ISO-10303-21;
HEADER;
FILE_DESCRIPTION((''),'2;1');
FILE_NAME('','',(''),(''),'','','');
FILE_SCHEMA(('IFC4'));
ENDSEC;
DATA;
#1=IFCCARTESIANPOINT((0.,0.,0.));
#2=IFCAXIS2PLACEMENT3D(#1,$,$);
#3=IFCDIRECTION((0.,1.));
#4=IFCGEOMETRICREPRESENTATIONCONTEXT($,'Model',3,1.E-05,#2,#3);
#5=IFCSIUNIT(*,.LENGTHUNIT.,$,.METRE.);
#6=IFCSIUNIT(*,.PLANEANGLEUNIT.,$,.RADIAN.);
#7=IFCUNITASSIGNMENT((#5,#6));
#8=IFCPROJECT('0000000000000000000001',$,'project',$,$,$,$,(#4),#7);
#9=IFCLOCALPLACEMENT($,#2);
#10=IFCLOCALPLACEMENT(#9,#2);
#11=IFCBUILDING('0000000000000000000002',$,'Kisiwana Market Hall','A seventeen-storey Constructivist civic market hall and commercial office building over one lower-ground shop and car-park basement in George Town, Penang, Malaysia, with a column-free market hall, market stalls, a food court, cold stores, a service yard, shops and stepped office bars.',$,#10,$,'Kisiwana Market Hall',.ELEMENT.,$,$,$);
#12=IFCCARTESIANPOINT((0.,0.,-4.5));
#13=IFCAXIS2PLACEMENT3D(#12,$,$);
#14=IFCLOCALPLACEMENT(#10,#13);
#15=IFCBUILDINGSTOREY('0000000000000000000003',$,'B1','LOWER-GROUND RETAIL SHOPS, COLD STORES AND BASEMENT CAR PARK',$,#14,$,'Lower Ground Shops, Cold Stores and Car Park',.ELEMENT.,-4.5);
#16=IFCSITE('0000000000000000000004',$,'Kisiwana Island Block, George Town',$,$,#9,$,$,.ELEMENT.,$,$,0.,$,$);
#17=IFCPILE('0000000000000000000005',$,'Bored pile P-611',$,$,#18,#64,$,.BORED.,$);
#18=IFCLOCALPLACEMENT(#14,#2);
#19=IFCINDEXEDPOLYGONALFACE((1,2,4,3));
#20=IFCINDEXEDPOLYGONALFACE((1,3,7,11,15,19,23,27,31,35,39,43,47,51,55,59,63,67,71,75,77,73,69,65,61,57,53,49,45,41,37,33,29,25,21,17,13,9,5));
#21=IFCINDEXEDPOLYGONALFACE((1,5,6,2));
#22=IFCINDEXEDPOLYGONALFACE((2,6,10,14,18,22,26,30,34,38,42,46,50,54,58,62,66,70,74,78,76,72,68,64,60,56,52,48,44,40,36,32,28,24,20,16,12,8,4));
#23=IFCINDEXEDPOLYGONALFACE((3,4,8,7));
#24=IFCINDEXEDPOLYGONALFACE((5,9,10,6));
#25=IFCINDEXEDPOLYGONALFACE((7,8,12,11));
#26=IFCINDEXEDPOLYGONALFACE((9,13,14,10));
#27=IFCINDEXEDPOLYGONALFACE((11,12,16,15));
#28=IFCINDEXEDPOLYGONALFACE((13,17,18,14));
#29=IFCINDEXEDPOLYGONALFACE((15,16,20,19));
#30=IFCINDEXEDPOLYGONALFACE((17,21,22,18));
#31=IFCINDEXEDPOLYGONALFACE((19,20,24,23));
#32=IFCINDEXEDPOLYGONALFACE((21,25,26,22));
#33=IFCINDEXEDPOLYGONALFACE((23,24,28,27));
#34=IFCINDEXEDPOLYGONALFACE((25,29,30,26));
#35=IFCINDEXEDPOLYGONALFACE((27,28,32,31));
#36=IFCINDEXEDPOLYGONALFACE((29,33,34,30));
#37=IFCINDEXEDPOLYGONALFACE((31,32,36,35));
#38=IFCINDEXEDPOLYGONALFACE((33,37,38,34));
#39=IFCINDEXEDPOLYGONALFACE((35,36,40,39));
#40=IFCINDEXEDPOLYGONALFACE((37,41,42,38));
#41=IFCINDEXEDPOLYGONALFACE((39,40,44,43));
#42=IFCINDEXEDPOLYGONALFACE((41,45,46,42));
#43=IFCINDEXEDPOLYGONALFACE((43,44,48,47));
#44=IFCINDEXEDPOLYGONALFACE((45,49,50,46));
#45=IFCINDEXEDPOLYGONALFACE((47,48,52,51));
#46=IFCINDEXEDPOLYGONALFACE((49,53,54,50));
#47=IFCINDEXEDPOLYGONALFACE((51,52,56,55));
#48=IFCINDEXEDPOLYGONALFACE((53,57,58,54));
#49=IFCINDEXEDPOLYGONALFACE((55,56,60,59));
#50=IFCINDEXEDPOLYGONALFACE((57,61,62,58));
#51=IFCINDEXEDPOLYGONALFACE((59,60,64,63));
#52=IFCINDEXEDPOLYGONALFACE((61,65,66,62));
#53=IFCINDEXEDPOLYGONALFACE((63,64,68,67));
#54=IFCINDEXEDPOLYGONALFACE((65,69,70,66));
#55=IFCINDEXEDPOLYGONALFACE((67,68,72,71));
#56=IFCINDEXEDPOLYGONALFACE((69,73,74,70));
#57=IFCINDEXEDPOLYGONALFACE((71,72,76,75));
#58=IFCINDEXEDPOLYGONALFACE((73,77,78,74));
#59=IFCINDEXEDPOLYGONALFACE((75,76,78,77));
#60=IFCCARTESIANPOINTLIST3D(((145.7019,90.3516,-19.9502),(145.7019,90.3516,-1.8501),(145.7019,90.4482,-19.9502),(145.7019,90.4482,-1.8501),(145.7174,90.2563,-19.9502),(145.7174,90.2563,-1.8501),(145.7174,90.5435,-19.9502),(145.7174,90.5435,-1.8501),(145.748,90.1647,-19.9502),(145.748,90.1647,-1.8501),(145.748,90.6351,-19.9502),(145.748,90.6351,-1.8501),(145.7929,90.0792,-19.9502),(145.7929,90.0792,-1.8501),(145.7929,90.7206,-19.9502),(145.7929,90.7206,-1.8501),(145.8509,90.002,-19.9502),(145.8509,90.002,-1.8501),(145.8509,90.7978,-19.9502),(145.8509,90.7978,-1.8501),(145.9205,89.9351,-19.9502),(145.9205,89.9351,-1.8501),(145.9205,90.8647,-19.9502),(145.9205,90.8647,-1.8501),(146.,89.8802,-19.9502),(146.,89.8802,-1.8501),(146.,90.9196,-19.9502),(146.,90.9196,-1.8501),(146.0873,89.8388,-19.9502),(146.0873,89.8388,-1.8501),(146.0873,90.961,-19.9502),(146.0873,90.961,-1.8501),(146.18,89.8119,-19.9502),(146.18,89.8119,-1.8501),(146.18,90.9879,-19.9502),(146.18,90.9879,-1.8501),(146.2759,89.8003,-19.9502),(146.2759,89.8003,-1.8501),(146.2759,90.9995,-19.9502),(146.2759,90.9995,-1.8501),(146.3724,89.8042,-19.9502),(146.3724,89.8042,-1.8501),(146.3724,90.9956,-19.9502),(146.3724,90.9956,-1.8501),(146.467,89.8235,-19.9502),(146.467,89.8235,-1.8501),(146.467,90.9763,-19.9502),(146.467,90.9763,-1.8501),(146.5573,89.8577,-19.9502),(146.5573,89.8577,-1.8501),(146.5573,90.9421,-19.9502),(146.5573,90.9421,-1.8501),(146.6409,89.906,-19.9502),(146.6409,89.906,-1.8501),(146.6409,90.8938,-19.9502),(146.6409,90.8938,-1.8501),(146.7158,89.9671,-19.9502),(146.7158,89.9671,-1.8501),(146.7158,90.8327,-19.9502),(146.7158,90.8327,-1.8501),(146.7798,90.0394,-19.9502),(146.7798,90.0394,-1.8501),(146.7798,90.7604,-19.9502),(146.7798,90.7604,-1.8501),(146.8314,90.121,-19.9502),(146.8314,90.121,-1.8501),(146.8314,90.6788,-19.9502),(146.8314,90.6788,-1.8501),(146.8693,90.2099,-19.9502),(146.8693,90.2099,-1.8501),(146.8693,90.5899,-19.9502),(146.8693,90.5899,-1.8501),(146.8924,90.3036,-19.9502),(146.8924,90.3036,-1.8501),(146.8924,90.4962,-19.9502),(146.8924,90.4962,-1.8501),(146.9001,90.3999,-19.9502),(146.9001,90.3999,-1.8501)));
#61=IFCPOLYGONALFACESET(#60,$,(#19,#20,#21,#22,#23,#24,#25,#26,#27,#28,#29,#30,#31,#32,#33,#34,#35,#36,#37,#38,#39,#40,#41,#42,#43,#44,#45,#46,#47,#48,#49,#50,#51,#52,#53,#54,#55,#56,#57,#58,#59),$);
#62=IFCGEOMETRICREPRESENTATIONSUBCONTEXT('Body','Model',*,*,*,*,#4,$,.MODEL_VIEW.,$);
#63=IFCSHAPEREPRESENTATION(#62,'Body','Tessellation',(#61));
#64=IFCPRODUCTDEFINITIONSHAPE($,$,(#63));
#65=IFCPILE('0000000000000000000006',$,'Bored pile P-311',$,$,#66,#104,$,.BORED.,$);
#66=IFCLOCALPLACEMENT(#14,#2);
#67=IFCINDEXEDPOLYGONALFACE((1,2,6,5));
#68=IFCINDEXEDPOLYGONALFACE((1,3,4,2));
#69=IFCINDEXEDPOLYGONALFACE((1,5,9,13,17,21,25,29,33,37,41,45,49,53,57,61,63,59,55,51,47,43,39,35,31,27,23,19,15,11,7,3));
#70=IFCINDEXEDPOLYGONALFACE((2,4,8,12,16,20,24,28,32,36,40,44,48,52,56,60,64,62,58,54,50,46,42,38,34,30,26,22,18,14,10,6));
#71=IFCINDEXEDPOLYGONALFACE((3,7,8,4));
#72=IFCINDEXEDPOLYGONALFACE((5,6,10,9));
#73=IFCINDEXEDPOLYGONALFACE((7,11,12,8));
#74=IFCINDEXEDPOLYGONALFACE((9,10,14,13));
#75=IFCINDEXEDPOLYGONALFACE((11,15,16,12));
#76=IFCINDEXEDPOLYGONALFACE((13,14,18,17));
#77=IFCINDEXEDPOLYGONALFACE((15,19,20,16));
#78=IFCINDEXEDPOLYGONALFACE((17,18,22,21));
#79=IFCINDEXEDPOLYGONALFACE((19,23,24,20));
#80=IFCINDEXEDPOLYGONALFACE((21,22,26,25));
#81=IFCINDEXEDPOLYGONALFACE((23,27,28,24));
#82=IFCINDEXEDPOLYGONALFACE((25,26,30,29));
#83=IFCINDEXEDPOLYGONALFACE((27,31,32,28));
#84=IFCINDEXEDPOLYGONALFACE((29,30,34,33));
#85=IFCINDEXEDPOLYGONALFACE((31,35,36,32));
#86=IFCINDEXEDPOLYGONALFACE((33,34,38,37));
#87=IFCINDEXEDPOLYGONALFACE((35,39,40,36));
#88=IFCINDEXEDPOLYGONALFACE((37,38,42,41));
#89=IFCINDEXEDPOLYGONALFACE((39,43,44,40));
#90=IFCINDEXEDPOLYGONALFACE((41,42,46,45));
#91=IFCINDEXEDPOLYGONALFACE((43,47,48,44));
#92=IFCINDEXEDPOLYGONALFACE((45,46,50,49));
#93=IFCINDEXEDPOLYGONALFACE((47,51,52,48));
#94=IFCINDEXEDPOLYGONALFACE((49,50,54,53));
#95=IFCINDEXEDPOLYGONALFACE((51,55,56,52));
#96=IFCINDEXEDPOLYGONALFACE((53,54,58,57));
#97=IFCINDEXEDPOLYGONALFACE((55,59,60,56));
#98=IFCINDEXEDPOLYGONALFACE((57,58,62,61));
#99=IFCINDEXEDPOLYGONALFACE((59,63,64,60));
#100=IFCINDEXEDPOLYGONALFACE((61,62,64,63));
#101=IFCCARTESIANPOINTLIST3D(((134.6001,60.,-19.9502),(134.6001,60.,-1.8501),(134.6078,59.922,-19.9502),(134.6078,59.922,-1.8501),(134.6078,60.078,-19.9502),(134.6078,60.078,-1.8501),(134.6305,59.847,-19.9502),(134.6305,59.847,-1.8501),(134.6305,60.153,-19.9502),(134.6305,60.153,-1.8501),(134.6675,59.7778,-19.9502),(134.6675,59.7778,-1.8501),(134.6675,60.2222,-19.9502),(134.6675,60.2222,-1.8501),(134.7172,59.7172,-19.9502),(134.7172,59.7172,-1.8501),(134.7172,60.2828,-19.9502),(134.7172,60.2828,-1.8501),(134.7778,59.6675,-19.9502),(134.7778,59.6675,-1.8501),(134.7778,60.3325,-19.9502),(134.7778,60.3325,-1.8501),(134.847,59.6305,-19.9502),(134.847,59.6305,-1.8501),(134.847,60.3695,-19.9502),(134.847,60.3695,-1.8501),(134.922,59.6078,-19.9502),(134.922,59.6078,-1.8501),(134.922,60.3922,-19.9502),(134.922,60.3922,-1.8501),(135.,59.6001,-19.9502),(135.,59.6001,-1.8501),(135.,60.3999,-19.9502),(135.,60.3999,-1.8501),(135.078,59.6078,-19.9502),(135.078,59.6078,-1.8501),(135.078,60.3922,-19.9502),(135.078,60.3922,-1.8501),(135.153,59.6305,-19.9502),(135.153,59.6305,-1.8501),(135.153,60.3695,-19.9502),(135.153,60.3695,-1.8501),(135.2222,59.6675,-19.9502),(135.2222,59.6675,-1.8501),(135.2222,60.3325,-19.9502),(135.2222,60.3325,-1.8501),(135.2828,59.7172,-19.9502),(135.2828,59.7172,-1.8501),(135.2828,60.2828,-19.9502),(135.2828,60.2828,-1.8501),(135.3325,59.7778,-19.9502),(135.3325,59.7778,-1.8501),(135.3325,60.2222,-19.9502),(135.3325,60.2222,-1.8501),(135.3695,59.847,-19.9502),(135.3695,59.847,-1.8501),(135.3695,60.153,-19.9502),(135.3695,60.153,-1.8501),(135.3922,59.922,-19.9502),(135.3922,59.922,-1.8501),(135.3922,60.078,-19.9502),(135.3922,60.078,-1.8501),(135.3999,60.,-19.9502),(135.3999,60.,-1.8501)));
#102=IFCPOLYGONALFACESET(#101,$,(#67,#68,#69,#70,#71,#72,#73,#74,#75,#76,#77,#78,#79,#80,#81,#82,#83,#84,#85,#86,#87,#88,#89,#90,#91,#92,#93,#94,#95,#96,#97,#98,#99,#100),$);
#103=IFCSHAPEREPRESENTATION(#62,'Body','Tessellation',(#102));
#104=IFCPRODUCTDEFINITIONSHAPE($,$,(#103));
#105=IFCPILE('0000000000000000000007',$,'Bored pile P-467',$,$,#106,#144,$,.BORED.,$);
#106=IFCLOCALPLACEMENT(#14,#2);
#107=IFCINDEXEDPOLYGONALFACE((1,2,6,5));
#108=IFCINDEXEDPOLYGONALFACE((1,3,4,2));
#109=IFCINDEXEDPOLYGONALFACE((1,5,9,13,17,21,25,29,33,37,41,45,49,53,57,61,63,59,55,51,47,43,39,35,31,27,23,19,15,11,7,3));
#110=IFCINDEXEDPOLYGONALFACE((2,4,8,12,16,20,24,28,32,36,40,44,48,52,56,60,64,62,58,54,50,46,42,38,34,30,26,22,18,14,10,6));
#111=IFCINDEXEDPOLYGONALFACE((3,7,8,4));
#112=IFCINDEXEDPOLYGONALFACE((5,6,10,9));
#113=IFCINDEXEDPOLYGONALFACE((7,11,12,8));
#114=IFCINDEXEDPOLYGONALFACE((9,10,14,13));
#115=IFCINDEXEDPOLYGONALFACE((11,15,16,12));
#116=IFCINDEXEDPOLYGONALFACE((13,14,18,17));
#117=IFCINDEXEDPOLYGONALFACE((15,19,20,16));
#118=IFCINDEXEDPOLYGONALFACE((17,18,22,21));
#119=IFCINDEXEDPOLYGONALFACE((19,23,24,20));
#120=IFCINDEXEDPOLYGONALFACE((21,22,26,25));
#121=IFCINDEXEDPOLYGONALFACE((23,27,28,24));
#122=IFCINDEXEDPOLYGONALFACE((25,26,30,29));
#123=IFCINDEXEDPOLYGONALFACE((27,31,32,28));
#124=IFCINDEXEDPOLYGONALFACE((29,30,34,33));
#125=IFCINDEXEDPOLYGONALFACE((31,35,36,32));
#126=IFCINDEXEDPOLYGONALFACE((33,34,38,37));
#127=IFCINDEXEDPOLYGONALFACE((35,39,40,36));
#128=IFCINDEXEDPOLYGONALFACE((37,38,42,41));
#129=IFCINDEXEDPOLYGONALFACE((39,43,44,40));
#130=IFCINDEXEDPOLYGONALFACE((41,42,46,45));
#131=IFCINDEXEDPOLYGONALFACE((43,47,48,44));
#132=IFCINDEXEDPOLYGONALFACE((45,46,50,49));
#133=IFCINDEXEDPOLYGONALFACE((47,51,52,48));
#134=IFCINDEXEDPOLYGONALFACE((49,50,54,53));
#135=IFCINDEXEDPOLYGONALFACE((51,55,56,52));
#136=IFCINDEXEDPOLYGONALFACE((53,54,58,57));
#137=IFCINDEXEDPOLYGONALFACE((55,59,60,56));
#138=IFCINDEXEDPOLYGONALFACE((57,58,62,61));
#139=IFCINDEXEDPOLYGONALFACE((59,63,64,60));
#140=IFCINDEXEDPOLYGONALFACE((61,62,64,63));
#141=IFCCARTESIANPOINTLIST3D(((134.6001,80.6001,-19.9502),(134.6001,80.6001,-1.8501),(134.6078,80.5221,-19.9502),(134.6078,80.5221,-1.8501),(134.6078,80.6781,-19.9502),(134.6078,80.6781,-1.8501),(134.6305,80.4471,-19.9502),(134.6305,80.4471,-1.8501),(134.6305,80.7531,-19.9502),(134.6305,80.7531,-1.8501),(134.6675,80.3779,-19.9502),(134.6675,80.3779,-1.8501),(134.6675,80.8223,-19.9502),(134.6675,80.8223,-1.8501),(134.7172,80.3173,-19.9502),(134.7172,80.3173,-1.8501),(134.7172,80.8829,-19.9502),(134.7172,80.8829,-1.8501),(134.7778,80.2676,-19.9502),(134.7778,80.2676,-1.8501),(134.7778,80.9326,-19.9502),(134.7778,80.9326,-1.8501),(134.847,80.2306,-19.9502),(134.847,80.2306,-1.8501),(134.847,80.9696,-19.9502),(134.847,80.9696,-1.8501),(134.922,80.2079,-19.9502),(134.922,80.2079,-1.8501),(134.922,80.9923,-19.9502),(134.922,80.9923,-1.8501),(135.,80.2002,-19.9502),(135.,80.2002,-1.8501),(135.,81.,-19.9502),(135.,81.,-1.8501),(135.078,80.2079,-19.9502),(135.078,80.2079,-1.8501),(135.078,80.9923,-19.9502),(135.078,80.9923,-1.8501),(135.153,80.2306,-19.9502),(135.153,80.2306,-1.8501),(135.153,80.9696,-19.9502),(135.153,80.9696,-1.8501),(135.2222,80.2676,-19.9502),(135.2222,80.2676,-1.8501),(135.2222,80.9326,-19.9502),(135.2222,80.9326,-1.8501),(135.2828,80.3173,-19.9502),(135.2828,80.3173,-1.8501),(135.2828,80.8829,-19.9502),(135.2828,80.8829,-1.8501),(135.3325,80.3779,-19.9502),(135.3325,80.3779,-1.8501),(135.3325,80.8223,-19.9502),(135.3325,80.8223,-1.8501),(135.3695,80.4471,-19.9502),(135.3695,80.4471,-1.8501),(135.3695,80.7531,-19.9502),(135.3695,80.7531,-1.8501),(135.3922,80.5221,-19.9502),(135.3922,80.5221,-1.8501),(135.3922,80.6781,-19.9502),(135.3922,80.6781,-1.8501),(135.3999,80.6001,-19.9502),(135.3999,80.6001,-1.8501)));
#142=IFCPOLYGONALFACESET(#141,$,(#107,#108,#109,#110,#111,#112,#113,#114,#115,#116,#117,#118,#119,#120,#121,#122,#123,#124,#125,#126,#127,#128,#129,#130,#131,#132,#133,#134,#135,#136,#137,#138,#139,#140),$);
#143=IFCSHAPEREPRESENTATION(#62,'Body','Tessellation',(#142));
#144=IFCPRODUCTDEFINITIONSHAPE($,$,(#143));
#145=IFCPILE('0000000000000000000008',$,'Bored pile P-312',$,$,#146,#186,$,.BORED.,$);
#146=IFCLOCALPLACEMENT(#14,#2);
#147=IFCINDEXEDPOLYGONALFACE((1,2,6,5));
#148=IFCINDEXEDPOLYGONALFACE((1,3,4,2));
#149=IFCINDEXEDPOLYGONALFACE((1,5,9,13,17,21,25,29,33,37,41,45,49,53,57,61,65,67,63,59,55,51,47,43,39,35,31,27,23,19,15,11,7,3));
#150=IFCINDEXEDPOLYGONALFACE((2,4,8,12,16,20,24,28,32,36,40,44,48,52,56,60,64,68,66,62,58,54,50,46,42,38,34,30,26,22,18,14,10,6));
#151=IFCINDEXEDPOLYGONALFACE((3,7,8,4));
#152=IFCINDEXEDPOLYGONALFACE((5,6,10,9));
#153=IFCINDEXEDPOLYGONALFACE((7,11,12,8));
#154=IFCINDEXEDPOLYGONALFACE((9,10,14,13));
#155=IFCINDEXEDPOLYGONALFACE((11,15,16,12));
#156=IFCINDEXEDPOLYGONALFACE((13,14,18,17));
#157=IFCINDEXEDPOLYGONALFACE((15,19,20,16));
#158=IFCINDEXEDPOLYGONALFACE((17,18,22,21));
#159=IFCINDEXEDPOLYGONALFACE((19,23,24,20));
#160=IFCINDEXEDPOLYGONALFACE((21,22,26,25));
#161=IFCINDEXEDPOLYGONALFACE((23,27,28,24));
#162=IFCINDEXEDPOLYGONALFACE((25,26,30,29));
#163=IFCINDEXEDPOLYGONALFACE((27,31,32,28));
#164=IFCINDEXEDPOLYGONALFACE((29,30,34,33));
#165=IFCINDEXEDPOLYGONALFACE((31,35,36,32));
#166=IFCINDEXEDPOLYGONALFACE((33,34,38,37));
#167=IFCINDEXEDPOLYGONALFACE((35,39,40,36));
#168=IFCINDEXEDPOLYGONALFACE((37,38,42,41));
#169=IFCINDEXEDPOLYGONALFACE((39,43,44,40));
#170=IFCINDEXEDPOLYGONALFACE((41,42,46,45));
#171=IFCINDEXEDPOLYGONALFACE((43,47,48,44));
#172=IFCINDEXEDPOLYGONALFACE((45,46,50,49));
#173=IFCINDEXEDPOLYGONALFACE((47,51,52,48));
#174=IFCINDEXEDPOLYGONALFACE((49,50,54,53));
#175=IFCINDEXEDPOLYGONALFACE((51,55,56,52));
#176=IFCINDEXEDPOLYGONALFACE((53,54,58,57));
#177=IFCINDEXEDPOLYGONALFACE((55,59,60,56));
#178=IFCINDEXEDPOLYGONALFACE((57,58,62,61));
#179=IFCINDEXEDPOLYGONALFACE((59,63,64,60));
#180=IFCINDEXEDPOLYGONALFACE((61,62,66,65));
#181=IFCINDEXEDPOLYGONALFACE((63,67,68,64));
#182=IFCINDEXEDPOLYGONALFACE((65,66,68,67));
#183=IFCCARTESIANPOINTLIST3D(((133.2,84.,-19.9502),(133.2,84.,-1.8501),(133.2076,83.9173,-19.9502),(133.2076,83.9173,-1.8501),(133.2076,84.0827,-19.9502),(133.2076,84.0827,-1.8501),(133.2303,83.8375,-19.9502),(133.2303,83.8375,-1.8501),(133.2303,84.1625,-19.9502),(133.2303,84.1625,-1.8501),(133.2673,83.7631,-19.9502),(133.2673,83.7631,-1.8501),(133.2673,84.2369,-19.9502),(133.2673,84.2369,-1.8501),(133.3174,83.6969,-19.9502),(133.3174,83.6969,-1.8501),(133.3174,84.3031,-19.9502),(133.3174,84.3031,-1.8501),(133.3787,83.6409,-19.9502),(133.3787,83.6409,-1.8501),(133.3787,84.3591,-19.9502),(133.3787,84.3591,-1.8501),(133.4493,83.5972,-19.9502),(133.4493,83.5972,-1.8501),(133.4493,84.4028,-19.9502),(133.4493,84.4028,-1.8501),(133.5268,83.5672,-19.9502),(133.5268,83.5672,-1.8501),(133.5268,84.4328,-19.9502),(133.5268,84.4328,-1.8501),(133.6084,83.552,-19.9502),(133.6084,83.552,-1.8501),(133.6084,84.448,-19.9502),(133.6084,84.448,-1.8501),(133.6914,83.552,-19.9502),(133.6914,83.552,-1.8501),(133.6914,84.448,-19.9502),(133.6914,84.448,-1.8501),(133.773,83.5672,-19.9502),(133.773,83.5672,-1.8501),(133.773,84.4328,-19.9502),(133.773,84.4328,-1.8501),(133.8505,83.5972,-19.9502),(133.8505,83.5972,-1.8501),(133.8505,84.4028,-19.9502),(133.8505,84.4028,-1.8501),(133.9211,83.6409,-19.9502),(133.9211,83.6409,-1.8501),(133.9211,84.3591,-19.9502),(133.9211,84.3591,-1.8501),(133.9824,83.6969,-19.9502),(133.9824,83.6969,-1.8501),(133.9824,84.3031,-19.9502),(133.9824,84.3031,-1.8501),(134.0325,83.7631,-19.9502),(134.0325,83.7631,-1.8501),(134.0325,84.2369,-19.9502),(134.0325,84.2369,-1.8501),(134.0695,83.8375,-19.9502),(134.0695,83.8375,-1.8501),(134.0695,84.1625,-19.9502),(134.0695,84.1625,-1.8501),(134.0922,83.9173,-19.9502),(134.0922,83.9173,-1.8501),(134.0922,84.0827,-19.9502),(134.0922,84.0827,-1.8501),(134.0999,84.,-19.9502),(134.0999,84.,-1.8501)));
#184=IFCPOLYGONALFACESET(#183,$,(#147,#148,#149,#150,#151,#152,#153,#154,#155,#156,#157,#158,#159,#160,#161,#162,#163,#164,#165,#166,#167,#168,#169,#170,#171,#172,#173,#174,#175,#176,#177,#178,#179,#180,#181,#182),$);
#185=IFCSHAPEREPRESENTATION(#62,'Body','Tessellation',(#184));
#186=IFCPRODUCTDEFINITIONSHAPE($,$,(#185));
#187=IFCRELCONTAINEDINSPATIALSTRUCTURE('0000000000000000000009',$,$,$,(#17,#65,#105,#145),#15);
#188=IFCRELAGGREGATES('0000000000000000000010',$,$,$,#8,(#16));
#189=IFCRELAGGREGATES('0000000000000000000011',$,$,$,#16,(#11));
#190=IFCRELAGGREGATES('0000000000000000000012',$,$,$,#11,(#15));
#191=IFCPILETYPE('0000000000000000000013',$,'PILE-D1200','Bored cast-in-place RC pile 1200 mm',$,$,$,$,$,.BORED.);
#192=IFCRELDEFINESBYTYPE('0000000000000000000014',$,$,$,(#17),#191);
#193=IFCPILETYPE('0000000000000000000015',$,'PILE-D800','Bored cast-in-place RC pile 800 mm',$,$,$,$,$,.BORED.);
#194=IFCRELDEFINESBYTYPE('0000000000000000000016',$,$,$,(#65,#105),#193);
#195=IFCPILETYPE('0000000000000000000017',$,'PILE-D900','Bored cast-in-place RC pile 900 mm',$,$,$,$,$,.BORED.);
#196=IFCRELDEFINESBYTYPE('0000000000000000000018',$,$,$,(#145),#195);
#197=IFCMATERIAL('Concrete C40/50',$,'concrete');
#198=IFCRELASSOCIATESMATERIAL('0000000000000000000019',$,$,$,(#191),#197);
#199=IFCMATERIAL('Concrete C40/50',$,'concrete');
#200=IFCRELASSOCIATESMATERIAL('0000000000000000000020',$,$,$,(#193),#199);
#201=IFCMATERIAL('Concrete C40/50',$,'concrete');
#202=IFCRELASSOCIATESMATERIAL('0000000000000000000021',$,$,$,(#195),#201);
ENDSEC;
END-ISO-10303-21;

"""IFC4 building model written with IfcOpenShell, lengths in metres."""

from ifc_helpers import new_model, si_unit, direction, frame, origin, origin_2d, place, context, subcontext, project, spatial, circle, extrude, material, material_profile, profile_set, type_object, element, save


model = new_model("IFC4")

# Units and contexts
model_context = context("Model", 3, precision=1e-05, world=origin(), true_north=direction((0.0, 1.0)))
body_context = subcontext(model_context, "Body", "Model", "MODEL_VIEW")
ifc_project = project(units=[si_unit("LENGTHUNIT", "METRE"), si_unit("PLANEANGLEUNIT", "RADIAN")], contexts=[model_context])

# Site, building, storey
site_placement = place(None, origin())
site = spatial("IfcSite", under=ifc_project, at=site_placement, Name="Kisiwana Island Block, George Town", CompositionType="ELEMENT", RefElevation=0.0)
building_placement = place(site_placement, origin())
building = spatial("IfcBuilding", under=site, at=building_placement, Name="Kisiwana Market Hall", Description="A seventeen-storey Constructivist civic market hall and commercial office building over one lower-ground shop and car-park basement in George Town, Penang, Malaysia, with a column-free market hall, market stalls, a food court, cold stores, a service yard, shops and stepped office bars.", LongName="Kisiwana Market Hall", CompositionType="ELEMENT")
storey_placement = place(building_placement, frame((0.0, 0.0, -4.5)))
storey = spatial("IfcBuildingStorey", under=building, at=storey_placement, Name="B1", Description="LOWER-GROUND RETAIL SHOPS, COLD STORES AND BASEMENT CAR PARK", LongName="Lower Ground Shops, Cold Stores and Car Park", CompositionType="ELEMENT", Elevation=-4.5)

# Piles
ifc_material_1 = material(Name="Concrete C40/50", Category="concrete")
ifc_material_profile_1 = material_profile(ifc_material_1, circle(Radius=0.6001, at=origin_2d()), Name="BP D1200")
ifc_profile_set_1 = profile_set([ifc_material_profile_1], Name="Concrete C40/50")
pile_type_1 = type_object("IfcPileType", Name="PILE-D1200", Description="Bored cast-in-place RC pile 1200 mm", PredefinedType="BORED", material=ifc_profile_set_1)
for number, where, z_axis, x_axis, name in (
    (1, (146.3, 90.3999, -1.8501), (0.0, 0.0, -1.0), (1.0, 0.0, 0.0), "Bored pile P-611"),
):
    element("IfcPile", number, at=place(storey_placement, frame(where, z_axis=z_axis, x_axis=x_axis)), inside=storey, type_object=pile_type_1, Name=name, PredefinedType="BORED", context=body_context, shape_type="SweptSolid", body=[
        extrude(circle(Radius=0.6001, at=origin_2d()), origin(), (0.0, 0.0, 1.0), 18.1001),
    ])
ifc_material_2 = material(Name="Concrete C40/50", Category="concrete")
ifc_material_profile_2 = material_profile(ifc_material_2, circle(Radius=0.3999, at=origin_2d()), Name="BP D800")
ifc_profile_set_2 = profile_set([ifc_material_profile_2], Name="Concrete C40/50")
pile_type_2 = type_object("IfcPileType", Name="PILE-D800", Description="Bored cast-in-place RC pile 800 mm", PredefinedType="BORED", material=ifc_profile_set_2)
for number, where, z_axis, x_axis, name in (
    (2, (135.0, 60.0, -1.8501), (0.0, 0.0, -1.0), (1.0, 0.0, 0.0), "Bored pile P-311"),
    (3, (135.0, 80.6001, -1.8501), (0.0, 0.0, -1.0), (1.0, 0.0, 0.0), "Bored pile P-467"),
):
    element("IfcPile", number, at=place(storey_placement, frame(where, z_axis=z_axis, x_axis=x_axis)), inside=storey, type_object=pile_type_2, Name=name, PredefinedType="BORED", context=body_context, shape_type="SweptSolid", body=[
        extrude(circle(Radius=0.3999, at=origin_2d()), origin(), (0.0, 0.0, 1.0), 18.1001),
    ])
ifc_material_3 = material(Name="Concrete C40/50", Category="concrete")
ifc_material_profile_3 = material_profile(ifc_material_3, circle(Radius=0.45, at=origin_2d()), Name="BP D900")
ifc_profile_set_3 = profile_set([ifc_material_profile_3], Name="Concrete C40/50")
pile_type_3 = type_object("IfcPileType", Name="PILE-D900", Description="Bored cast-in-place RC pile 900 mm", PredefinedType="BORED", material=ifc_profile_set_3)
for number, where, z_axis, x_axis, name in (
    (4, (133.6499, 84.0, -1.8501), (0.0, 0.0, -1.0), (1.0, 0.0, 0.0), "Bored pile P-312"),
):
    element("IfcPile", number, at=place(storey_placement, frame(where, z_axis=z_axis, x_axis=x_axis)), inside=storey, type_object=pile_type_3, Name=name, PredefinedType="BORED", context=body_context, shape_type="SweptSolid", body=[
        extrude(circle(Radius=0.45, at=origin_2d()), origin(), (0.0, 0.0, 1.0), 18.1001),
    ])

save(model, "model.ifc")
